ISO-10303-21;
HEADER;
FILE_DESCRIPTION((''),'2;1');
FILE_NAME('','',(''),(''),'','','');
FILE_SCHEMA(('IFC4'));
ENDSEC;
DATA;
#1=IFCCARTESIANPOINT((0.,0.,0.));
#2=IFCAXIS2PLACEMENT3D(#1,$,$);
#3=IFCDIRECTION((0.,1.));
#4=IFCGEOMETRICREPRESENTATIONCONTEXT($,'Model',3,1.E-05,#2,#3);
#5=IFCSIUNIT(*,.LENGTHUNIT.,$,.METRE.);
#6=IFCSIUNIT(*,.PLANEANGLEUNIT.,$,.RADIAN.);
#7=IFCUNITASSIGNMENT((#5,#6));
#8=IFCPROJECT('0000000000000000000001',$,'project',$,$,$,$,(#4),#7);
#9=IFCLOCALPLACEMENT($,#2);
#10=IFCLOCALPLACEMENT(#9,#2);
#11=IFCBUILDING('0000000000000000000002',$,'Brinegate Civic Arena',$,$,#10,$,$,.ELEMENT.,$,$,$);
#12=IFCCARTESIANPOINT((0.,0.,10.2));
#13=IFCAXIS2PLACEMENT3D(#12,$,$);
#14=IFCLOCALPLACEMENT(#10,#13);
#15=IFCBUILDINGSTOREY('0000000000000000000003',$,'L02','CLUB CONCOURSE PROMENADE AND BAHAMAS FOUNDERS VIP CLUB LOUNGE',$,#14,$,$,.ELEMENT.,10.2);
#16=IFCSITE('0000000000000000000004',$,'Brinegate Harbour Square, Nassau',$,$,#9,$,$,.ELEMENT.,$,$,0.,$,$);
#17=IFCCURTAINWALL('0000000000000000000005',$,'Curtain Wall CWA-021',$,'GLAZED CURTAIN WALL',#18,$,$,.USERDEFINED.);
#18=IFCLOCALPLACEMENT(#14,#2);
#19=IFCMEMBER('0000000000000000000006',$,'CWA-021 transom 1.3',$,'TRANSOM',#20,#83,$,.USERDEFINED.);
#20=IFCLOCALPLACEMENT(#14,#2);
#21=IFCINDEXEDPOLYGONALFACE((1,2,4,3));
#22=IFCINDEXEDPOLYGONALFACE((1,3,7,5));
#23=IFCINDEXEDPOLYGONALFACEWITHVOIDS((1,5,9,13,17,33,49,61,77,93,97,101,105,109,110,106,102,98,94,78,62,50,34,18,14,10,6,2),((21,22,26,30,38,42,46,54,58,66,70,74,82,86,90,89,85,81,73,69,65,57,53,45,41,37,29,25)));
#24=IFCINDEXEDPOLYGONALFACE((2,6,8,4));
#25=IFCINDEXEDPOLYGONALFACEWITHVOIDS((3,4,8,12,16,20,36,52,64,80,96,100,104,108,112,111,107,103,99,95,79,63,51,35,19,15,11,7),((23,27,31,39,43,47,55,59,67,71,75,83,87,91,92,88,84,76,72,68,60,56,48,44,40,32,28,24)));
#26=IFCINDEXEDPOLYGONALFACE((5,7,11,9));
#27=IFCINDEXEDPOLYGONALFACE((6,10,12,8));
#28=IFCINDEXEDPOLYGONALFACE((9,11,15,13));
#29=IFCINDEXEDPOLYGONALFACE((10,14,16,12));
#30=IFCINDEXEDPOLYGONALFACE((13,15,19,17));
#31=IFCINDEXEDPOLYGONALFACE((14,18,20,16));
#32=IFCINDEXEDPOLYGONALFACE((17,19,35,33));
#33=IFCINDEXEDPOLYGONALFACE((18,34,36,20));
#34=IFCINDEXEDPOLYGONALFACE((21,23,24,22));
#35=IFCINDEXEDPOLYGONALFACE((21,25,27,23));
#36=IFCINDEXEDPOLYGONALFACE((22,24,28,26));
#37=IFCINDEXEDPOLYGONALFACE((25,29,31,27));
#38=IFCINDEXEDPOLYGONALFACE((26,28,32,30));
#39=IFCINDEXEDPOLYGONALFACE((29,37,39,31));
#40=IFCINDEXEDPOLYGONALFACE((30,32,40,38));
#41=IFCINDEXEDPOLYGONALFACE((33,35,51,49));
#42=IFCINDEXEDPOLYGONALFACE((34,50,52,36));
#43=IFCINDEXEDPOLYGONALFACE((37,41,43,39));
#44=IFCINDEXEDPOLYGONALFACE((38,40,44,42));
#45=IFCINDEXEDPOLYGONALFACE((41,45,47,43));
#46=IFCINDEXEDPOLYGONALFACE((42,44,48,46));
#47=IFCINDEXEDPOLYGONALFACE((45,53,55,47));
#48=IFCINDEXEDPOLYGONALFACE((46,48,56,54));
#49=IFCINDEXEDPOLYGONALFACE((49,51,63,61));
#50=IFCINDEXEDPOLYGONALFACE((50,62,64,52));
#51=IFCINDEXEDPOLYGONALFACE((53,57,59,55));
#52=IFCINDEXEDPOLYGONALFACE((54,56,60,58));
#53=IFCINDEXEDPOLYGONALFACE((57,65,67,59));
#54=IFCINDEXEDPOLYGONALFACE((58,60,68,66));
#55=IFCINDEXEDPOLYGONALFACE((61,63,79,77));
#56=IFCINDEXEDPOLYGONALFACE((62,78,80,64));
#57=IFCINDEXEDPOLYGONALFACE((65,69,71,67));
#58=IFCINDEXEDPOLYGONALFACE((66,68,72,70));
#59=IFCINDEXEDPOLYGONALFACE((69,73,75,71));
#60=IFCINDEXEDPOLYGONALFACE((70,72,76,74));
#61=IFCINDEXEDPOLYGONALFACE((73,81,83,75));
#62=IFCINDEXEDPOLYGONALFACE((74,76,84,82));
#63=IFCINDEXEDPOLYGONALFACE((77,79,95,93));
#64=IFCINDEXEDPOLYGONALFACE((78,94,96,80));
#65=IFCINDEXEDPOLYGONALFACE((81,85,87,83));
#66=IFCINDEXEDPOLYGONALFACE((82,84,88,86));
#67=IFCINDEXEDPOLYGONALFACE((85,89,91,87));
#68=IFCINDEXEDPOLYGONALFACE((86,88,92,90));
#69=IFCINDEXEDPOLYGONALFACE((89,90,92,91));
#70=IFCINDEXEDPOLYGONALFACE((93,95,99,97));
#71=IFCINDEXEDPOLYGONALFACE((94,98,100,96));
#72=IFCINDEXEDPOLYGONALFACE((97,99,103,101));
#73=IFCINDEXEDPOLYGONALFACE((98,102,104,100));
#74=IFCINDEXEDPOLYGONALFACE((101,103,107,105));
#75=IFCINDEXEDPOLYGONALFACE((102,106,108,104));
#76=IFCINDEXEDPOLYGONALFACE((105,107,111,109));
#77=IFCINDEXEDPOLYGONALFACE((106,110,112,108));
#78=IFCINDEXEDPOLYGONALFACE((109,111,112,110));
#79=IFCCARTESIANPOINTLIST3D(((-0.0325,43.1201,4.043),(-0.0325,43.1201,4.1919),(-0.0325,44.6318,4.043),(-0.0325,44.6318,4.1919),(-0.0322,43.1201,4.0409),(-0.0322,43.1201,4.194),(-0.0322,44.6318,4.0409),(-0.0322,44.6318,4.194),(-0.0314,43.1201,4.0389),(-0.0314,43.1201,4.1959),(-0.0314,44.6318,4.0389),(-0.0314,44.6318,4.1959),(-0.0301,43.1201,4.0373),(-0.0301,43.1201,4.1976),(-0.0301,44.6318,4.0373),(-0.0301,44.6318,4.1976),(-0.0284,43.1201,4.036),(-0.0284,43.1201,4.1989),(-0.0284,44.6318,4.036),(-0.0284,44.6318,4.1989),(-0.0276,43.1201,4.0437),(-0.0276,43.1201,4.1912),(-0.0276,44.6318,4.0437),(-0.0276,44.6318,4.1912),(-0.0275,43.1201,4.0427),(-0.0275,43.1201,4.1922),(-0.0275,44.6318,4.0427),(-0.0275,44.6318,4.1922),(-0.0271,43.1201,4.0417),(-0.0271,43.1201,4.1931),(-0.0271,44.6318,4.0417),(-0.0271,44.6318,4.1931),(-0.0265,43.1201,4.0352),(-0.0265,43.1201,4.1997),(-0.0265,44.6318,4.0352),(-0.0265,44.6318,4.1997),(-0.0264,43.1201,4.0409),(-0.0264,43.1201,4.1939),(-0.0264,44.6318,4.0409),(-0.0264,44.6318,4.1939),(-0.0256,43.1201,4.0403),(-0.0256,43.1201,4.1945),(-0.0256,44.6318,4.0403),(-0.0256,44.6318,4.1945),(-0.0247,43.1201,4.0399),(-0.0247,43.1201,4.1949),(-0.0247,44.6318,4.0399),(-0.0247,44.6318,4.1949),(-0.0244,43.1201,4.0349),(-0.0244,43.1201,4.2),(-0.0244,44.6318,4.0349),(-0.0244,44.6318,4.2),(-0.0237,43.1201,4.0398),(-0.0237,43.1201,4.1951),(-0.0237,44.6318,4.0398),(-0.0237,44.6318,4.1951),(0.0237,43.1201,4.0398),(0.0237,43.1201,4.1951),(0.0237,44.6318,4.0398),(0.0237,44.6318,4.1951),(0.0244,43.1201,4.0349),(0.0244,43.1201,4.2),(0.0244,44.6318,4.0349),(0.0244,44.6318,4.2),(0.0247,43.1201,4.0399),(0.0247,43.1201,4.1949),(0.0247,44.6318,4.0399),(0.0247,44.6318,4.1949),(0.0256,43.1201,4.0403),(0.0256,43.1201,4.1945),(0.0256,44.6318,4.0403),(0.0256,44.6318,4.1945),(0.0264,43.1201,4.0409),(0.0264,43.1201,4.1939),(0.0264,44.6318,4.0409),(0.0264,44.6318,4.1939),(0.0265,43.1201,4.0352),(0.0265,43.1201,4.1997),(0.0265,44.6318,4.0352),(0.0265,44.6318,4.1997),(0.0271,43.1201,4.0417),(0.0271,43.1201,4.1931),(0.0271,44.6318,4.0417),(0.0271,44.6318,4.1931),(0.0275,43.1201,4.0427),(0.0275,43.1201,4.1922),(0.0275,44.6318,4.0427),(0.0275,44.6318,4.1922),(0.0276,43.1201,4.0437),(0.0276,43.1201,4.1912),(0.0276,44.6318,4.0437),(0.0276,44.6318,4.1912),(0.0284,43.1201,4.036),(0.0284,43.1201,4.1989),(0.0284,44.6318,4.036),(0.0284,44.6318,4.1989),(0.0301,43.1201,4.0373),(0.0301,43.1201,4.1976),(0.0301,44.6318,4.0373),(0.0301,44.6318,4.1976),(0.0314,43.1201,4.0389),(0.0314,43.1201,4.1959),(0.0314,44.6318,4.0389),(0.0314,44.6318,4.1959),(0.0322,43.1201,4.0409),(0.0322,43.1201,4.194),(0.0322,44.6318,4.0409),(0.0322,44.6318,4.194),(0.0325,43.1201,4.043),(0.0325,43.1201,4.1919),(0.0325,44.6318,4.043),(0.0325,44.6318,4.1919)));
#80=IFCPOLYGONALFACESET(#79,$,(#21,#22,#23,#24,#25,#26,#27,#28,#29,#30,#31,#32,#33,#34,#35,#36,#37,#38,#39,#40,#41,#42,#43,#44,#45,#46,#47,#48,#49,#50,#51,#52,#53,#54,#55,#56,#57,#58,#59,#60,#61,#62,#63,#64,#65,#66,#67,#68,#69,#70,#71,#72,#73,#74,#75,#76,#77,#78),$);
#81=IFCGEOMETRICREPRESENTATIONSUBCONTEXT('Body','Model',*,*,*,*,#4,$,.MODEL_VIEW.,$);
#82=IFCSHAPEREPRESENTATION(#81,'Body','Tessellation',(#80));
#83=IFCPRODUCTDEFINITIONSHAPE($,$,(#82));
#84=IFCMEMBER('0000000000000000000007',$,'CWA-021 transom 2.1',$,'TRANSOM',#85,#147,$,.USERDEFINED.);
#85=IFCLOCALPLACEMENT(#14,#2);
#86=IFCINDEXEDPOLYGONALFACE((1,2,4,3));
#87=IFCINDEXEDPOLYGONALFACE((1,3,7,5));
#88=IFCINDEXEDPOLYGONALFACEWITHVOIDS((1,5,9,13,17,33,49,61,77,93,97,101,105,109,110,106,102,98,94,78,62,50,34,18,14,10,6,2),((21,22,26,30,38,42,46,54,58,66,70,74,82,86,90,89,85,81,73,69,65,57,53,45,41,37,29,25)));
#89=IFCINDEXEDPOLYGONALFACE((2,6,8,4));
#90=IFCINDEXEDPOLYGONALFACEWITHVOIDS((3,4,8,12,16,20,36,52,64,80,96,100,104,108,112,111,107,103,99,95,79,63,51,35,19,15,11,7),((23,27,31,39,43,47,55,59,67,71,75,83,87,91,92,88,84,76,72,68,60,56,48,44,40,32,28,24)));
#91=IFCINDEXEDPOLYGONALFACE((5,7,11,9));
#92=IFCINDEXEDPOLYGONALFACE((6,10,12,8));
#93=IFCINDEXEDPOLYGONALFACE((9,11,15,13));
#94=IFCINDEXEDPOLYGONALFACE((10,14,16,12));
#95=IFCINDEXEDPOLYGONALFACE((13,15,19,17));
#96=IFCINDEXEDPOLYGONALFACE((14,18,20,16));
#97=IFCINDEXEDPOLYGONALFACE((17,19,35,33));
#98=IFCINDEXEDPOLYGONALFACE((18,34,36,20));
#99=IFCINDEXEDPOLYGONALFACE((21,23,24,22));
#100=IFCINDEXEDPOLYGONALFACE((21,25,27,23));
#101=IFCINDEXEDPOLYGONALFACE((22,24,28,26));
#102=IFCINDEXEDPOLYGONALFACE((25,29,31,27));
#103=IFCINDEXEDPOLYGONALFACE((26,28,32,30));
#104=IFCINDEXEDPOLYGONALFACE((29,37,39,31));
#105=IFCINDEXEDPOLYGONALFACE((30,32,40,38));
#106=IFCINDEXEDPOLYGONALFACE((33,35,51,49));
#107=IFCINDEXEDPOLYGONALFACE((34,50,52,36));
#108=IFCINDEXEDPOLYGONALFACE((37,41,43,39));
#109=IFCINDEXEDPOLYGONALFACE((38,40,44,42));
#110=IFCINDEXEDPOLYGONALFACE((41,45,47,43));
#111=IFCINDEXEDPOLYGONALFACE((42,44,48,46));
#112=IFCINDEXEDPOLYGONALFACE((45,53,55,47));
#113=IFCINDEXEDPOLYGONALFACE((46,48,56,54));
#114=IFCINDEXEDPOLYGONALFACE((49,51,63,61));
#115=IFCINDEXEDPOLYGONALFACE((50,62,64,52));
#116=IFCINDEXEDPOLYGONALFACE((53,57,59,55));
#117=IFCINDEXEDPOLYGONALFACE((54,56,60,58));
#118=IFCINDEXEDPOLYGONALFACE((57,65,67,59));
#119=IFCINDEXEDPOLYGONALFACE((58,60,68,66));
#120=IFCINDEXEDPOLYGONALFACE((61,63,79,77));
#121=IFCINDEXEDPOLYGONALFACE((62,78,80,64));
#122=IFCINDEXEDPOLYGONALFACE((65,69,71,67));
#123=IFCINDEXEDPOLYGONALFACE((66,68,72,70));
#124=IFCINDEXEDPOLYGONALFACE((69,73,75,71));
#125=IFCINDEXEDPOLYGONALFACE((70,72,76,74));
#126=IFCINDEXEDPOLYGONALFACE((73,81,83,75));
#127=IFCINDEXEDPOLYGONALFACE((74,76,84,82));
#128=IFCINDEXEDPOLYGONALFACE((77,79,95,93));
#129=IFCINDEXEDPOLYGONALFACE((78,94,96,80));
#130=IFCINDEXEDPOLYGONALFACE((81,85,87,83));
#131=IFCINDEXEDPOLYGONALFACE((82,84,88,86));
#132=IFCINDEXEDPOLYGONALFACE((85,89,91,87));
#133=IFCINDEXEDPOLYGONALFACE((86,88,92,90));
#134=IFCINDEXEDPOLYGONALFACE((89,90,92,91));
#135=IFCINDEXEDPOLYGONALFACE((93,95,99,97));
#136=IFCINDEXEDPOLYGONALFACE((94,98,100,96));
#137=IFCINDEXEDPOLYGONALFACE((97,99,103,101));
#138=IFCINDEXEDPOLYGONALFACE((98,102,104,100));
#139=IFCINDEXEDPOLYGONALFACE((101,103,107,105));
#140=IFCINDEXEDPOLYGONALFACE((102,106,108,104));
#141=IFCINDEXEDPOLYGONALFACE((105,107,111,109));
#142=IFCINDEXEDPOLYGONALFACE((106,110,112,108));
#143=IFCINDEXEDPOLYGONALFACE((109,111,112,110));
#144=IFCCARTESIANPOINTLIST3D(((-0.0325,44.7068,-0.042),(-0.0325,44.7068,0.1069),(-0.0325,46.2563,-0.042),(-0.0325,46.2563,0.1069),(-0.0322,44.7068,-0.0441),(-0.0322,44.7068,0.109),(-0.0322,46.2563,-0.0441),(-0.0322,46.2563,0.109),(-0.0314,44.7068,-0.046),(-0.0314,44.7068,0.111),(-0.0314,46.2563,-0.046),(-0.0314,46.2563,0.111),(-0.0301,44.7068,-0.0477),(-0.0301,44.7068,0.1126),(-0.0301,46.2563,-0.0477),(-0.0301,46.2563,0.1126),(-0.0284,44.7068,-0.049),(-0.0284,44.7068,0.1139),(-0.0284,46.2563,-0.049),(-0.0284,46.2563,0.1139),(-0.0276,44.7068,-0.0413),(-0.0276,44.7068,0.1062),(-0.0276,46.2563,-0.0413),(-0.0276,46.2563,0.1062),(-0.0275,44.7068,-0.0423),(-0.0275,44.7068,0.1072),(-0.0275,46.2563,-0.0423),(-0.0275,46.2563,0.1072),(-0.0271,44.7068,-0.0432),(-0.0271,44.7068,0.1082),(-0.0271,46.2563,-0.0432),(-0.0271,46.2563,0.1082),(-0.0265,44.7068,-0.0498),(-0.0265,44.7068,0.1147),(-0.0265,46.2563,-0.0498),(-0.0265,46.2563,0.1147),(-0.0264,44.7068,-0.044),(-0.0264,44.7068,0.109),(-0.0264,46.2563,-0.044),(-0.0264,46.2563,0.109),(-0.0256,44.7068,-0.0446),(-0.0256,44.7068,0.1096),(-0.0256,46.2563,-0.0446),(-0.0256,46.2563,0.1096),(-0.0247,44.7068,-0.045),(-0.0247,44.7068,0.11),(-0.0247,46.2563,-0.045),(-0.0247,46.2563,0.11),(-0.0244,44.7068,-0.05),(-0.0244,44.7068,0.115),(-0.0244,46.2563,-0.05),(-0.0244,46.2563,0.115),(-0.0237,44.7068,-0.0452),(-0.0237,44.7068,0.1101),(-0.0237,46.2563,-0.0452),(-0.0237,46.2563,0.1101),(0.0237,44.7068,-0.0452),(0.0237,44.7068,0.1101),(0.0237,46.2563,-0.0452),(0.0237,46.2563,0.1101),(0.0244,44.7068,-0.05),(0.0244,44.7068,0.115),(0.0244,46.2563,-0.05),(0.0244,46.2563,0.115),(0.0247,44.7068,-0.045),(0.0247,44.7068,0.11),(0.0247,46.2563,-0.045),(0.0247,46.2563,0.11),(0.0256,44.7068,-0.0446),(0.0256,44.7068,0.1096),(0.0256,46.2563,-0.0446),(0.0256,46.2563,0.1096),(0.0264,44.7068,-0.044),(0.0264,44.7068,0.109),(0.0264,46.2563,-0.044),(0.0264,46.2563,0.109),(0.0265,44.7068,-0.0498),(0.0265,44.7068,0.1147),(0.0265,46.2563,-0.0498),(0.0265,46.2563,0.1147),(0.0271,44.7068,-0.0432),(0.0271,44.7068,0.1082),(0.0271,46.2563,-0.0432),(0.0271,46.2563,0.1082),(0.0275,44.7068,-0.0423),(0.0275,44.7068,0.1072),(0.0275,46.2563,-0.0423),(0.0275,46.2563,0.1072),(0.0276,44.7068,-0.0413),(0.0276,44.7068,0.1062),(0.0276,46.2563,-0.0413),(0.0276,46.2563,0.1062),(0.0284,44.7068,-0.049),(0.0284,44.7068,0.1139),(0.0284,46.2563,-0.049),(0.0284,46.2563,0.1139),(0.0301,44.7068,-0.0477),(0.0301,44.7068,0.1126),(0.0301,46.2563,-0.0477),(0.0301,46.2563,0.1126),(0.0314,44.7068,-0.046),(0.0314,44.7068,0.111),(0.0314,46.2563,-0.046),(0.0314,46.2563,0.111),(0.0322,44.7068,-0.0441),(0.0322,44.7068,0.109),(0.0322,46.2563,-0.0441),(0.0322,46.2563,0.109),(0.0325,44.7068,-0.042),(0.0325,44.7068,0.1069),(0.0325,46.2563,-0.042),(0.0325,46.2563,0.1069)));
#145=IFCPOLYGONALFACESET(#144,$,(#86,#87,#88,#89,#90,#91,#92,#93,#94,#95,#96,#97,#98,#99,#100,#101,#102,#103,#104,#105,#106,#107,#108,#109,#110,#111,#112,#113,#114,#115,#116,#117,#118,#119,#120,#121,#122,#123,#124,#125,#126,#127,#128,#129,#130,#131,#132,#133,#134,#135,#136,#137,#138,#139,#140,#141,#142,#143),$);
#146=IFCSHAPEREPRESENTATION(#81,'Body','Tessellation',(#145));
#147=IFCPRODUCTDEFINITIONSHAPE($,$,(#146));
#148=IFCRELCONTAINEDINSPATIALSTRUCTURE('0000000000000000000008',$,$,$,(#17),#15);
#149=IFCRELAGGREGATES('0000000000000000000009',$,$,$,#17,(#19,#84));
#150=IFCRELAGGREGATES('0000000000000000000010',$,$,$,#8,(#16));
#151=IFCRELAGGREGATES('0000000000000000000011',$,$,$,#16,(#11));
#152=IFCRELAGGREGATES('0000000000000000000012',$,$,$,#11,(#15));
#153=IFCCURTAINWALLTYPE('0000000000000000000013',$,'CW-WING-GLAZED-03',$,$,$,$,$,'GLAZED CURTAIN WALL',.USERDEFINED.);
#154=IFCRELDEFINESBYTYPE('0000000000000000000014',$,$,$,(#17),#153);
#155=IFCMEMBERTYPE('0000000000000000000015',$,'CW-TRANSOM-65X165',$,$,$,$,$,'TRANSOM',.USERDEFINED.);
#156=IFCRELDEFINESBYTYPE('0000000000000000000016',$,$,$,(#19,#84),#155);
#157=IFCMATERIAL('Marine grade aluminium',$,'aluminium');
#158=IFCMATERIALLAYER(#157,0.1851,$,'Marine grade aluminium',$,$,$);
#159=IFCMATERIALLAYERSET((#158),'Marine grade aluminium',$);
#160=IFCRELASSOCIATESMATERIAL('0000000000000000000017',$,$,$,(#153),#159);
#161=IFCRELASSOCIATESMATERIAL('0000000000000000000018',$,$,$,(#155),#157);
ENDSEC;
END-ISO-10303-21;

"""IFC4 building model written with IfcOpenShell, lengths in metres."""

from ifc_helpers import new_model, si_unit, direction, frame, origin, origin_2d, place, context, subcontext, project, spatial, hollow_rectangle, extrude, material, layer, layer_set, material_profile, profile_set, type_object, element, aggregate, save


model = new_model("IFC4")

# Units and contexts
model_context = context("Model", 3, precision=1e-05, world=origin(), true_north=direction((0.0, 1.0)))
body_context = subcontext(model_context, "Body", "Model", "MODEL_VIEW")
ifc_project = project(units=[si_unit("LENGTHUNIT", "METRE"), si_unit("PLANEANGLEUNIT", "RADIAN")], contexts=[model_context])

# Site, building, storey
site_placement = place(None, origin())
site = spatial("IfcSite", under=ifc_project, at=site_placement, Name="Brinegate Harbour Square, Nassau", CompositionType="ELEMENT", RefElevation=0.0)
building_placement = place(site_placement, origin())
building = spatial("IfcBuilding", under=site, at=building_placement, Name="Brinegate Civic Arena", CompositionType="ELEMENT")
storey_placement = place(building_placement, frame((0.0, 0.0, 10.2)))
storey = spatial("IfcBuildingStorey", under=building, at=storey_placement, Name="L02", Description="CLUB CONCOURSE PROMENADE AND BAHAMAS FOUNDERS VIP CLUB LOUNGE", CompositionType="ELEMENT", Elevation=10.2)

# Curtain wall
ifc_material_1 = material(Name="Marine grade aluminium", Category="aluminium")
ifc_layer_1 = layer(ifc_material_1, 0.1851, Name="Marine grade aluminium")
ifc_layer_set_1 = layer_set([ifc_layer_1], Name="Marine grade aluminium")
curtain_wall_type = type_object("IfcCurtainWallType", Name="CW-WING-GLAZED-03", ElementType="GLAZED CURTAIN WALL", PredefinedType="USERDEFINED", material=ifc_layer_set_1)
curtain_wall_1_placement = place(storey_placement, origin())
curtain_wall_1 = element("IfcCurtainWall", 1, at=curtain_wall_1_placement, inside=storey, type_object=curtain_wall_type, Name="Curtain Wall CWA-021", ObjectType="GLAZED CURTAIN WALL", PredefinedType="USERDEFINED")

# Members
ifc_material_profile_1 = material_profile(ifc_material_1, hollow_rectangle(XDim=0.0649, YDim=0.165, WallThickness=0.0049, InnerFilletRadius=0.0039, OuterFilletRadius=0.0081, at=origin_2d()), Name="TRN65X165")
ifc_profile_set_1 = profile_set([ifc_material_profile_1], Name="Marine grade aluminium")
member_type_1 = type_object("IfcMemberType", Name="CW-TRANSOM-65X165", ElementType="TRANSOM", PredefinedType="USERDEFINED", material=ifc_profile_set_1)
member_1_placement = place(storey_placement, frame((0.0, 43.1201, 4.1174), z_axis=(0.0, 1.0, 0.0), x_axis=(-1.0, 0.0, 0.0)))
member_1 = element("IfcMember", 2, at=member_1_placement, type_object=member_type_1, Name="CWA-021 transom 1.3", ObjectType="TRANSOM", PredefinedType="USERDEFINED", context=body_context, shape_type="SweptSolid", body=[
    extrude(hollow_rectangle(XDim=0.0649, YDim=0.165, WallThickness=0.0049, InnerFilletRadius=0.0039, OuterFilletRadius=0.0081, at=origin_2d()), origin(), (0.0, 0.0, 1.0), 1.5117),
])
member_2_placement = place(storey_placement, frame((0.0, 44.7068, 0.0325), z_axis=(0.0, 1.0, 0.0), x_axis=(-1.0, 0.0, 0.0)))
member_2 = element("IfcMember", 3, at=member_2_placement, type_object=member_type_1, Name="CWA-021 transom 2.1", ObjectType="TRANSOM", PredefinedType="USERDEFINED", context=body_context, shape_type="SweptSolid", body=[
    extrude(hollow_rectangle(XDim=0.0649, YDim=0.165, WallThickness=0.0049, InnerFilletRadius=0.0039, OuterFilletRadius=0.0081, at=origin_2d()), origin(), (0.0, 0.0, 1.0), 1.5496),
])

aggregate(curtain_wall_1, [member_1, member_2])

save(model, "model.ifc")
